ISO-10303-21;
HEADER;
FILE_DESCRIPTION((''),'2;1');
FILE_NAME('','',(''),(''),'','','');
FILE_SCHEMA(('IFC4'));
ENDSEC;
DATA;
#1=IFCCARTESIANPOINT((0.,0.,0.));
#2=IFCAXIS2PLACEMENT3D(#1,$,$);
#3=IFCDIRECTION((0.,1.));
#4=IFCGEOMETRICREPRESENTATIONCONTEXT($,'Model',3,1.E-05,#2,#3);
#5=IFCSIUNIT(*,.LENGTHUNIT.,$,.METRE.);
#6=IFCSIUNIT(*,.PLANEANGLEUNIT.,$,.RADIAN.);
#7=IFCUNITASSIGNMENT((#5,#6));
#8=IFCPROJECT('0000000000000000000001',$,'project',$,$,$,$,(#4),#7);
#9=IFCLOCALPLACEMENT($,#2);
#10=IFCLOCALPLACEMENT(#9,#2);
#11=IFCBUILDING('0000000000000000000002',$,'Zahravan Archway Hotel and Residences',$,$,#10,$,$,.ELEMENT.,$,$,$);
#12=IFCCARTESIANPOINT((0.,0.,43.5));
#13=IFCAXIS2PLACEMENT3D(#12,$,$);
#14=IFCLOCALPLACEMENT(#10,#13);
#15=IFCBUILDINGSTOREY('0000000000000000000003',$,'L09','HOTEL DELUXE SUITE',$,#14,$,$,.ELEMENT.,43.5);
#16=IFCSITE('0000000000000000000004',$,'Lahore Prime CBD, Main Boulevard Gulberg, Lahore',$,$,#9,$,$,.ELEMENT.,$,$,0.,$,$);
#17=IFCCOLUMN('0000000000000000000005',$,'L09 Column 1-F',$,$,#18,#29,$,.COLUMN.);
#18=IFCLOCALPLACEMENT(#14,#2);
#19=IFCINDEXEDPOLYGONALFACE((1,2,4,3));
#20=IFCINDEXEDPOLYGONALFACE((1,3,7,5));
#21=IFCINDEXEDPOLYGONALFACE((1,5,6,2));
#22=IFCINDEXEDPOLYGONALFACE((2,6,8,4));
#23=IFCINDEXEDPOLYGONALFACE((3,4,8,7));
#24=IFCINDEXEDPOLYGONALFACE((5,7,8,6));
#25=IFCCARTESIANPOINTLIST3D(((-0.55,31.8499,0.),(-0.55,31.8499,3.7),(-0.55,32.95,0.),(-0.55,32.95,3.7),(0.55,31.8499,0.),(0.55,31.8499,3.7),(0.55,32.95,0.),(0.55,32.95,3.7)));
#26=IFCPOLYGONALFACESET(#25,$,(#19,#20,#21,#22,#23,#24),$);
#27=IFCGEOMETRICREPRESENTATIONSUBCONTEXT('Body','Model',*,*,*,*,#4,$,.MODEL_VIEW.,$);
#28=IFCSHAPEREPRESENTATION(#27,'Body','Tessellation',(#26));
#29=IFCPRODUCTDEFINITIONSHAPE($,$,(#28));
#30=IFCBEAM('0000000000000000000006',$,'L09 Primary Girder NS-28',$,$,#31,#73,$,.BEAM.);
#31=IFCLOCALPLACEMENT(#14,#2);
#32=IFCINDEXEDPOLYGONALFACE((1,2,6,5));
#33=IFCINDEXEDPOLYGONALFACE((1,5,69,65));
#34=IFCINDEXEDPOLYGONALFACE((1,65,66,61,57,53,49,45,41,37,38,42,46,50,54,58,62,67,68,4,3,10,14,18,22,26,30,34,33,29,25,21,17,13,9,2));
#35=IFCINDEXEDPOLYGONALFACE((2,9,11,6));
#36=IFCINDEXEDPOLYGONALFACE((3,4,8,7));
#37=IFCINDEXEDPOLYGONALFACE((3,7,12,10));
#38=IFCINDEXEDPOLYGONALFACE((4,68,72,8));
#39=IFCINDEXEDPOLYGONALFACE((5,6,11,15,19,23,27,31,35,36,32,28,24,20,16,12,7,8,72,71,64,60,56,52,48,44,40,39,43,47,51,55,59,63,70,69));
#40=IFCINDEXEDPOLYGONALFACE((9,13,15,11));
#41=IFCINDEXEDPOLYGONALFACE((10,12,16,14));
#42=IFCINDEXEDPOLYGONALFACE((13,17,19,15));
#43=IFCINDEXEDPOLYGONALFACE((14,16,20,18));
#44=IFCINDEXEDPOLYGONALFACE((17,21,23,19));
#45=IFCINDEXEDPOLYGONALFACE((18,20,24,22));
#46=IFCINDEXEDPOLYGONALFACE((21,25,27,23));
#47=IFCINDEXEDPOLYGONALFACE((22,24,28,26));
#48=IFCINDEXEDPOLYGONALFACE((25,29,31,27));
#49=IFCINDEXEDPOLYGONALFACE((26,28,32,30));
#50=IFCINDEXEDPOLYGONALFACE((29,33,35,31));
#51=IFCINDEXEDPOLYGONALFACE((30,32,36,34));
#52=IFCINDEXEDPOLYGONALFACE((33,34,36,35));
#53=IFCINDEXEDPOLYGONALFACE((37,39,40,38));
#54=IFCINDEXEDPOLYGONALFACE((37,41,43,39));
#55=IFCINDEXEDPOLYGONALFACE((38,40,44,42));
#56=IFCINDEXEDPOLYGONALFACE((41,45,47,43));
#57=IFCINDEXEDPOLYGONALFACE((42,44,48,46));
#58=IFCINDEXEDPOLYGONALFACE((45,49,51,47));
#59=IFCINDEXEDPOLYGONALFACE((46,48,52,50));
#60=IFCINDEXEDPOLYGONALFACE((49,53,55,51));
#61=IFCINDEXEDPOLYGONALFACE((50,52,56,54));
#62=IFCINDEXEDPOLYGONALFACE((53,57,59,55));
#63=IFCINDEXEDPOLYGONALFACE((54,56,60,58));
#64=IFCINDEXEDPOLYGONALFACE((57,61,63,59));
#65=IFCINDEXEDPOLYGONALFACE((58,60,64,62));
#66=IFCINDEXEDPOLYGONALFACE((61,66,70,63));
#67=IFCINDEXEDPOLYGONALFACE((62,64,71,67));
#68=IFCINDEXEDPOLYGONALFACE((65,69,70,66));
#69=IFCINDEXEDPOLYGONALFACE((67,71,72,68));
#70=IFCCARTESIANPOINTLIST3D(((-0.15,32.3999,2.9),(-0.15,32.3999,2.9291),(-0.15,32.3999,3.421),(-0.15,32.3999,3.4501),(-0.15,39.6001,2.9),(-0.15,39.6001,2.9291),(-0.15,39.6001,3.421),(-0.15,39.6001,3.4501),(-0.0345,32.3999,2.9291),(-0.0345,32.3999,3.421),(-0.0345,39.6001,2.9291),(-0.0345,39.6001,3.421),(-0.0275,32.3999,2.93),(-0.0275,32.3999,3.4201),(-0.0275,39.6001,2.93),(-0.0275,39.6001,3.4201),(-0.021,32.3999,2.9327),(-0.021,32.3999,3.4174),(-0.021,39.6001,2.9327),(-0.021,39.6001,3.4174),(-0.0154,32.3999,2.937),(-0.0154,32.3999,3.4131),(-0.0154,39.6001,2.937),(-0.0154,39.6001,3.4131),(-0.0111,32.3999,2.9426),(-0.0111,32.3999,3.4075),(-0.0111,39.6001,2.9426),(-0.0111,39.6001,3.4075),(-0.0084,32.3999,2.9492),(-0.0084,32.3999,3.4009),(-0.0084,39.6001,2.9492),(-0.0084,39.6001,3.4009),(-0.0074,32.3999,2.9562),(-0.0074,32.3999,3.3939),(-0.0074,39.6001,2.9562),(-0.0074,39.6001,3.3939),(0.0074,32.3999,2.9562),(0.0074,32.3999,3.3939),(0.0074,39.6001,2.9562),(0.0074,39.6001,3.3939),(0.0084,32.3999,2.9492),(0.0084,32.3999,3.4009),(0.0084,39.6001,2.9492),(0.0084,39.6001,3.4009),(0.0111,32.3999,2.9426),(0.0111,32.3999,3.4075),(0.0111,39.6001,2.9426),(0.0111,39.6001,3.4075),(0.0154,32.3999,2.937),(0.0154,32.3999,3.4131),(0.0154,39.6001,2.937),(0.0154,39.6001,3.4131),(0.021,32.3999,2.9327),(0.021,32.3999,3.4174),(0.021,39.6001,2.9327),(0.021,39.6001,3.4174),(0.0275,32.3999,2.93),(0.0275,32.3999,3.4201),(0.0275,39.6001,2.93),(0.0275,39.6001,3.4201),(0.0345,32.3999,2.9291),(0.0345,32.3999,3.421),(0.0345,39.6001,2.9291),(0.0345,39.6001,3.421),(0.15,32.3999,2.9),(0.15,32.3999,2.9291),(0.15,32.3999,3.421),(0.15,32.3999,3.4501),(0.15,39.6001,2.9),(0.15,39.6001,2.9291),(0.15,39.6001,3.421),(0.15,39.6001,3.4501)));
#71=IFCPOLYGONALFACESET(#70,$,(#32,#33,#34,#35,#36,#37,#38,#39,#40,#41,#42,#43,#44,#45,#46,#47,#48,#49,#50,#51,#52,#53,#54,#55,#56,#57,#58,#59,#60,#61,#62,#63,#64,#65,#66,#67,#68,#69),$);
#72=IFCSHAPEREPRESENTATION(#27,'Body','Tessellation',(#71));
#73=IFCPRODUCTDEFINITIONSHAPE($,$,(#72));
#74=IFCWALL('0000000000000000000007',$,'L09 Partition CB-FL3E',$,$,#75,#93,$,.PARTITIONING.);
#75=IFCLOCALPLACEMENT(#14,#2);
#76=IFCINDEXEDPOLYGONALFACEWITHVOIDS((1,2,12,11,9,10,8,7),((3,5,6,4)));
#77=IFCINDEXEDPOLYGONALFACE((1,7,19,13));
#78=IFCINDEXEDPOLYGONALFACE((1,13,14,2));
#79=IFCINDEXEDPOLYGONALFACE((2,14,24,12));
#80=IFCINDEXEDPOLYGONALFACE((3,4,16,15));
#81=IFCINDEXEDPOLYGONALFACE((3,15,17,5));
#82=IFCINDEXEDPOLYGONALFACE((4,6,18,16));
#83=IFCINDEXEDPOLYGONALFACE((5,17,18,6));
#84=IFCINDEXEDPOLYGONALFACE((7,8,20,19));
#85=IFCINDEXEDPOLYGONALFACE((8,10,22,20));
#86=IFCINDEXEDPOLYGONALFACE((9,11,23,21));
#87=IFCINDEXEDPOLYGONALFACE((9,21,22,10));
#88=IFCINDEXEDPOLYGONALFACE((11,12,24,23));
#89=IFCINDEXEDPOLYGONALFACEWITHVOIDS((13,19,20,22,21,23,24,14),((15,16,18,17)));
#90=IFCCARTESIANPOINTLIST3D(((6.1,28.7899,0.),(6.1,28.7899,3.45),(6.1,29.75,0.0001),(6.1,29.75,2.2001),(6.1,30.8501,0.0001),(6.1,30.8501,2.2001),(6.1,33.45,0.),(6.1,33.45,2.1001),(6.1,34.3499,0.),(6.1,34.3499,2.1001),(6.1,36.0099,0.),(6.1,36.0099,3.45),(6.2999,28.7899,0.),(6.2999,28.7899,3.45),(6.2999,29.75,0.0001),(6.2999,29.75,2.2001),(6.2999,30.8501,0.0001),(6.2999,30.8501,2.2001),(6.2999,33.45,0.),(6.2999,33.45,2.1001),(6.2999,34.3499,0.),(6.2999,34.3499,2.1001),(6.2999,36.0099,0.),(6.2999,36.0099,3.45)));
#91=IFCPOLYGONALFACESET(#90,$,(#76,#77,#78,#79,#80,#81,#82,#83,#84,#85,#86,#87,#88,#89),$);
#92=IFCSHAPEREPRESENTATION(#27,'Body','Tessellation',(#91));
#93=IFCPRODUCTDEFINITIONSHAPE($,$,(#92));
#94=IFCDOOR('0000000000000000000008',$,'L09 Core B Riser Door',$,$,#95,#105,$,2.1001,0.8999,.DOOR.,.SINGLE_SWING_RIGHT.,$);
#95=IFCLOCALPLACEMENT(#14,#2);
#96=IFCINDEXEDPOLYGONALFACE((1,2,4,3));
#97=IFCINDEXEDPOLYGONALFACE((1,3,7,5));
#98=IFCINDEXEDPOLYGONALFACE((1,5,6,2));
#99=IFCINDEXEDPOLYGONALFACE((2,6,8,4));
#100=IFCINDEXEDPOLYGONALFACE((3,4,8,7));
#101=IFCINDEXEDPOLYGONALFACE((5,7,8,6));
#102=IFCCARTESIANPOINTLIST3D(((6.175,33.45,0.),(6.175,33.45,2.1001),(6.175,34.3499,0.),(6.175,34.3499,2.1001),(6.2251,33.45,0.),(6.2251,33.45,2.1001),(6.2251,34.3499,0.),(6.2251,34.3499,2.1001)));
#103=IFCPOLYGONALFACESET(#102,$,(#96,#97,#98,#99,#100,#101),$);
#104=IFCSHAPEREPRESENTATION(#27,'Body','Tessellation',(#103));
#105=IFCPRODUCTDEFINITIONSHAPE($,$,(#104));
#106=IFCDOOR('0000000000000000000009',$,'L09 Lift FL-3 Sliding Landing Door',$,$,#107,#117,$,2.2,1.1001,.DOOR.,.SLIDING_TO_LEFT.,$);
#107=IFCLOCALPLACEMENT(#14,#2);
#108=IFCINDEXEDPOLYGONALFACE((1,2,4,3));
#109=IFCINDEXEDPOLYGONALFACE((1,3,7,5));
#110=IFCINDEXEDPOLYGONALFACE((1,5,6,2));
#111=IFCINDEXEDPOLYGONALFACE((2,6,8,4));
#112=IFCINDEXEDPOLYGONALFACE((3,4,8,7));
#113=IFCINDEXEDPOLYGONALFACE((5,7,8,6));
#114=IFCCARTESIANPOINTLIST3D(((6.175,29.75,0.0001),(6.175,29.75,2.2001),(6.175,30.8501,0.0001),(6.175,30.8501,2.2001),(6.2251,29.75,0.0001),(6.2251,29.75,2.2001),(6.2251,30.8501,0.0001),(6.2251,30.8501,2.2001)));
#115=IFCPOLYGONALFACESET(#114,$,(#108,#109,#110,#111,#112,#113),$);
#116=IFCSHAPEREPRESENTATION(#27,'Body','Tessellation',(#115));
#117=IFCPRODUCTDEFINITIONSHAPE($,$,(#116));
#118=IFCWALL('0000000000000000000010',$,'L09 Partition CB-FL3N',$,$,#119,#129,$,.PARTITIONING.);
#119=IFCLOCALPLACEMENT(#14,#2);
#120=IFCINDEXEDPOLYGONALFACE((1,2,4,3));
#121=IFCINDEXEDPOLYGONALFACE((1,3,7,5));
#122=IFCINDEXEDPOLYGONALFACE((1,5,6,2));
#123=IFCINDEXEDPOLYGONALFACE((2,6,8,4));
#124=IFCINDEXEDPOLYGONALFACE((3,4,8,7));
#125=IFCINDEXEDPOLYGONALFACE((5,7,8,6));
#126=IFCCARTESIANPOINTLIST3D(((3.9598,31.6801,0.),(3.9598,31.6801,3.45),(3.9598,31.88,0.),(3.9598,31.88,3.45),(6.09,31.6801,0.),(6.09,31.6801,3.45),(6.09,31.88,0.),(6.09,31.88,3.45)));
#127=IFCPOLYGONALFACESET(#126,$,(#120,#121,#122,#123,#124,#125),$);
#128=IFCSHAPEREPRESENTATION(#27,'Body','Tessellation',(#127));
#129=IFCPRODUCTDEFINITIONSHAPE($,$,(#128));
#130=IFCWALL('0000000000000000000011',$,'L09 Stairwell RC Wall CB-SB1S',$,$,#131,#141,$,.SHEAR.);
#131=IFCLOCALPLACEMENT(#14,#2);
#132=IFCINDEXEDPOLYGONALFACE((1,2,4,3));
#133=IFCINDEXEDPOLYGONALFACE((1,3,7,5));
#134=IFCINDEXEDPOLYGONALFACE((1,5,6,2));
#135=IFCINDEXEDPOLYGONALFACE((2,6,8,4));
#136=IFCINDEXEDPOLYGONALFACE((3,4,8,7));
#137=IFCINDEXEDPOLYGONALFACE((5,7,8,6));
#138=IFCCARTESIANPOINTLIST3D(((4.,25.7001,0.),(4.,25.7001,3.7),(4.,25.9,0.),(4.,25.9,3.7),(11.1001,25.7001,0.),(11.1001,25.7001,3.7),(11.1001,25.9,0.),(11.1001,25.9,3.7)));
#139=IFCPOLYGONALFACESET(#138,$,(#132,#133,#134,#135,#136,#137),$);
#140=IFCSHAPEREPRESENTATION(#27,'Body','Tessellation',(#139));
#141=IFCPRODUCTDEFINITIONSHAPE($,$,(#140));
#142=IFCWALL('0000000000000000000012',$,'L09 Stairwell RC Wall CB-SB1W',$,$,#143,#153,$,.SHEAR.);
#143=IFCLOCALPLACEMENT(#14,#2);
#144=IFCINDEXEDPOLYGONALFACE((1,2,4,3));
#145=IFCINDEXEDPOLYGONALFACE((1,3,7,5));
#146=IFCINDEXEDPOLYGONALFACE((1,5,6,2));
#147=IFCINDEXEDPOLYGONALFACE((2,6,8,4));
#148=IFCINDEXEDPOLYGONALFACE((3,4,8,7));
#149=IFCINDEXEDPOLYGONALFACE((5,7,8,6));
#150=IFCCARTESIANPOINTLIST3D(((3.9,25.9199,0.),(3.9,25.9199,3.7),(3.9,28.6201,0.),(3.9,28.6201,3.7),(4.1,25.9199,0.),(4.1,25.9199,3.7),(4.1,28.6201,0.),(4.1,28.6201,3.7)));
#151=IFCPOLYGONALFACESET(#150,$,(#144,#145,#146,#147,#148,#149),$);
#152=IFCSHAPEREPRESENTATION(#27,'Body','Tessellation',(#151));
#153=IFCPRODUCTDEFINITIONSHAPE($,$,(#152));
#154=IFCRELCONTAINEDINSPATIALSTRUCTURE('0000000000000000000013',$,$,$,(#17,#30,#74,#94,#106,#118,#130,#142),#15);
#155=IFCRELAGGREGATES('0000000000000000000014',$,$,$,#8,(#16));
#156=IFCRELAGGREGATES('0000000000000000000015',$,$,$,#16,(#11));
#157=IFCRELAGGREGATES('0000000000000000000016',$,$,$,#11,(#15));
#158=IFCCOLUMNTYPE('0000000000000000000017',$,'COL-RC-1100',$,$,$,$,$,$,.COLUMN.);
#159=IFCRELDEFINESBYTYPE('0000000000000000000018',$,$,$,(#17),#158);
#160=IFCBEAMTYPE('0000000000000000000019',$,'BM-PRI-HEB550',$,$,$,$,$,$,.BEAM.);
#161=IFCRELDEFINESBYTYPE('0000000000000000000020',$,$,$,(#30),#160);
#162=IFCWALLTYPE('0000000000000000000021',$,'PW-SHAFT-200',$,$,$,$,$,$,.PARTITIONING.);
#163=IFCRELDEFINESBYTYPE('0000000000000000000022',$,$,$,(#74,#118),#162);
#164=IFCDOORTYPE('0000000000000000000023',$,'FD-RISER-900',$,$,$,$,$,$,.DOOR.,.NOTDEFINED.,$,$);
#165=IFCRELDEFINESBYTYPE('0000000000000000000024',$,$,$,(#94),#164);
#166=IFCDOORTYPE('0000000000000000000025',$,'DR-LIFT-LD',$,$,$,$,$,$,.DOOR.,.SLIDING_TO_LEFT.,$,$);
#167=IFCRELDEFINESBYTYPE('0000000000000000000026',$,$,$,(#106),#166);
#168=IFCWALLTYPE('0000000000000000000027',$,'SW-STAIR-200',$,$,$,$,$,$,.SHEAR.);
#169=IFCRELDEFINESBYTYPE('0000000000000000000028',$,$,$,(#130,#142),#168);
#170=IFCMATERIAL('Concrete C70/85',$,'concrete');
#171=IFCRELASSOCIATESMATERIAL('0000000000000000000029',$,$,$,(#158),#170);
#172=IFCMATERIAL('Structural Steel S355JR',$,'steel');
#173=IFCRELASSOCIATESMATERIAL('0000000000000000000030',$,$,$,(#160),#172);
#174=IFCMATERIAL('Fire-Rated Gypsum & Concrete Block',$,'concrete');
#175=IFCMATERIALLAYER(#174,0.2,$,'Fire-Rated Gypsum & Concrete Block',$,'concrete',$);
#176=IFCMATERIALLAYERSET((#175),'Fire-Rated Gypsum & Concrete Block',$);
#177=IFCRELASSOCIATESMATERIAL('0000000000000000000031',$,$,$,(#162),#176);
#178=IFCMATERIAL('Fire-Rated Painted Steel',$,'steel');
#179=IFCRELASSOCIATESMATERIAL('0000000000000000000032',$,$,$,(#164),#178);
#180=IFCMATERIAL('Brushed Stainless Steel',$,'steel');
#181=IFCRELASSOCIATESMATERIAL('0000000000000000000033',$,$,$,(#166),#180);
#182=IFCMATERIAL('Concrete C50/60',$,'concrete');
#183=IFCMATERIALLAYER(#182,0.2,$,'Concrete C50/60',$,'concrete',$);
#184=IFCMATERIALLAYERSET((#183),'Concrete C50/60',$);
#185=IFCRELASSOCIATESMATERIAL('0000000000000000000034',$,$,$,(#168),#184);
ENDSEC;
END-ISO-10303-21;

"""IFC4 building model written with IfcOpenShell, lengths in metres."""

from ifc_helpers import new_model, si_unit, direction, frame, frame_2d, origin, origin_2d, place, context, subcontext, project, spatial, rectangle, i_section, extrude, source, transform, mapped, material, layer, layer_set, material_profile, profile_set, type_object, type_shapes, element, fill, save


model = new_model("IFC4")

# Units and contexts
model_context = context("Model", 3, precision=1e-05, world=origin(), true_north=direction((0.0, 1.0)))
body_context = subcontext(model_context, "Body", "Model", "MODEL_VIEW")
ifc_project = project(units=[si_unit("LENGTHUNIT", "METRE"), si_unit("PLANEANGLEUNIT", "RADIAN")], contexts=[model_context])

# Site, building, storey
site_placement = place(None, origin())
site = spatial("IfcSite", under=ifc_project, at=site_placement, Name="Lahore Prime CBD, Main Boulevard Gulberg, Lahore", CompositionType="ELEMENT", RefElevation=0.0)
building_placement = place(site_placement, origin())
building = spatial("IfcBuilding", under=site, at=building_placement, Name="Zahravan Archway Hotel and Residences", CompositionType="ELEMENT")
storey_placement = place(building_placement, frame((0.0, 0.0, 43.5)))
storey = spatial("IfcBuildingStorey", under=building, at=storey_placement, Name="L09", Description="HOTEL DELUXE SUITE", CompositionType="ELEMENT", Elevation=43.5)

# Column
ifc_material_1 = material(Name="Concrete C70/85", Category="concrete")
ifc_material_profile_1 = material_profile(ifc_material_1, rectangle(XDim=1.1001, YDim=1.1001, at=origin_2d()), Name="RC 1100x1100", Category="concrete")
ifc_profile_set_1 = profile_set([ifc_material_profile_1], Name="Concrete C70/85")
column_type = type_object("IfcColumnType", Name="COL-RC-1100", PredefinedType="COLUMN", material=ifc_profile_set_1)
shared_shape_1 = source(origin(), body_context, "Body", "SweptSolid", [
    extrude(rectangle(XDim=1.1001, YDim=1.1001, at=origin_2d()), origin(), (0.0, 0.0, 1.0), 3.7),
])
column_placement = place(storey_placement, frame((0.0, 32.3999, 0.0), z_axis=(0.0, 0.0, 1.0), x_axis=(1.0, 0.0, 0.0)))
element("IfcColumn", 1, at=column_placement, inside=storey, type_object=column_type, Name="L09 Column 1-F", PredefinedType="COLUMN", context=body_context, shape_type="MappedRepresentation", body=[
    mapped(shared_shape_1, transform((0.0, 0.0, 0.0), scale=1.0)),
])

# Beam
ifc_material_2 = material(Name="Structural Steel S355JR", Category="steel")
ifc_material_profile_2 = material_profile(ifc_material_2, i_section(OverallWidth=0.3, OverallDepth=0.55, WebThickness=0.0149, FlangeThickness=0.0291, FilletRadius=0.0271, at=origin_2d()), Name="HEB 550", Category="steel")
ifc_profile_set_2 = profile_set([ifc_material_profile_2], Name="Structural Steel S355JR")
beam_type = type_object("IfcBeamType", Name="BM-PRI-HEB550", PredefinedType="BEAM", material=ifc_profile_set_2)
shared_shape_2 = source(origin(), body_context, "Body", "SweptSolid", [
    extrude(i_section(OverallWidth=0.3, OverallDepth=0.55, WebThickness=0.0149, FlangeThickness=0.0291, FilletRadius=0.0271, at=origin_2d()), origin(), (0.0, 0.0, 1.0), 7.2002),
])
type_shapes(beam_type, [shared_shape_2])
beam_placement = place(storey_placement, frame((0.0, 32.3999, 3.175), z_axis=(0.0, 1.0, 0.0), x_axis=(-1.0, 0.0, 0.0)))
element("IfcBeam", 2, at=beam_placement, inside=storey, type_object=beam_type, Name="L09 Primary Girder NS-28", PredefinedType="BEAM", context=body_context, shape_type="MappedRepresentation", body=[
    mapped(shared_shape_2, transform((0.0, 0.0, 0.0), scale=1.0)),
])

# Wall, openings, doors
ifc_material_3 = material(Name="Fire-Rated Gypsum & Concrete Block", Category="concrete")
ifc_layer_1 = layer(ifc_material_3, 0.2, Name="Fire-Rated Gypsum & Concrete Block", Category="concrete")
ifc_layer_set_1 = layer_set([ifc_layer_1], Name="Fire-Rated Gypsum & Concrete Block")
wall_type_1 = type_object("IfcWallType", Name="PW-SHAFT-200", PredefinedType="PARTITIONING", material=ifc_layer_set_1)
wall_1_placement = place(storey_placement, frame((6.2, 28.79, 0.0), z_axis=(0.0, 0.0, 1.0), x_axis=(0.0, 1.0, 0.0)))
wall_1 = element("IfcWall", 3, at=wall_1_placement, inside=storey, type_object=wall_type_1, Name="L09 Partition CB-FL3E", PredefinedType="PARTITIONING", context=body_context, shape_type="SweptSolid", body=[
    extrude(rectangle(XDim=7.22, YDim=0.2, at=frame_2d((3.6099, 0.0))), origin(), (0.0, 0.0, 1.0), 3.45),
])
opening_1_placement = place(wall_1_placement, frame((4.6599, 0.0, 0.0)))
opening_1 = element("IfcOpeningElement", 4, at=opening_1_placement, cuts=wall_1, PredefinedType="OPENING", context=body_context, shape_type="SweptSolid", body=[
    extrude(rectangle(XDim=0.8999, YDim=2.1001, at=frame_2d((0.45, 1.05))), frame((0.0, 0.1099, 0.0), z_axis=(0.0, -1.0, 0.0), x_axis=(1.0, 0.0, 0.0)), (0.0, 0.0, 1.0), 0.22),
])
opening_2_placement = place(wall_1_placement, frame((0.96, 0.0, 0.0)))
opening_2 = element("IfcOpeningElement", 5, at=opening_2_placement, cuts=wall_1, PredefinedType="OPENING", context=body_context, shape_type="SweptSolid", body=[
    extrude(rectangle(XDim=1.1001, YDim=2.2, at=frame_2d((0.55, 1.1001))), frame((0.0, 0.1099, 0.0), z_axis=(0.0, -1.0, 0.0), x_axis=(1.0, 0.0, 0.0)), (0.0, 0.0, 1.0), 0.22),
])
ifc_material_4 = material(Name="Fire-Rated Painted Steel", Category="steel")
door_type_1 = type_object("IfcDoorType", Name="FD-RISER-900", OperationType="NOTDEFINED", PredefinedType="DOOR", material=ifc_material_4)
shared_shape_3 = source(origin(), body_context, "Body", "SweptSolid", [
    extrude(rectangle(XDim=0.8999, YDim=2.1001, at=frame_2d((0.45, 1.05))), frame((0.0, 0.0249, 0.0), z_axis=(0.0, -1.0, 0.0), x_axis=(1.0, 0.0, 0.0)), (0.0, 0.0, 1.0), 0.05),
])
type_shapes(door_type_1, [shared_shape_3])
door_1_placement = place(opening_1_placement, origin())
door_1 = element("IfcDoor", 6, at=door_1_placement, inside=storey, type_object=door_type_1, Name="L09 Core B Riser Door", OperationType="SINGLE_SWING_RIGHT", OverallHeight=2.1001, OverallWidth=0.8999, PredefinedType="DOOR", context=body_context, shape_type="MappedRepresentation", body=[
    mapped(shared_shape_3, transform((0.0, 0.0, 0.0), scale=1.0)),
])
fill(opening_1, door_1)
ifc_material_5 = material(Name="Brushed Stainless Steel", Category="steel")
door_type_2 = type_object("IfcDoorType", Name="DR-LIFT-LD", OperationType="SLIDING_TO_LEFT", PredefinedType="DOOR", material=ifc_material_5)
shared_shape_4 = source(origin(), body_context, "Body", "SweptSolid", [
    extrude(rectangle(XDim=1.1001, YDim=2.2, at=frame_2d((0.55, 1.1001))), frame((0.0, 0.0249, 0.0), z_axis=(0.0, -1.0, 0.0), x_axis=(1.0, 0.0, 0.0)), (0.0, 0.0, 1.0), 0.05),
])
type_shapes(door_type_2, [shared_shape_4])
door_2_placement = place(opening_2_placement, origin())
door_2 = element("IfcDoor", 7, at=door_2_placement, inside=storey, type_object=door_type_2, Name="L09 Lift FL-3 Sliding Landing Door", OperationType="SLIDING_TO_LEFT", OverallHeight=2.2, OverallWidth=1.1001, PredefinedType="DOOR", context=body_context, shape_type="MappedRepresentation", body=[
    mapped(shared_shape_4, transform((0.0, 0.0, 0.0), scale=1.0)),
])
fill(opening_2, door_2)

# Walls
wall_2_placement = place(storey_placement, frame((3.96, 31.78, 0.0), z_axis=(0.0, 0.0, 1.0), x_axis=(1.0, 0.0, 0.0)))
element("IfcWall", 8, at=wall_2_placement, inside=storey, type_object=wall_type_1, Name="L09 Partition CB-FL3N", PredefinedType="PARTITIONING", context=body_context, shape_type="SweptSolid", body=[
    extrude(rectangle(XDim=2.1301, YDim=0.2, at=frame_2d((1.0649, 0.0))), origin(), (0.0, 0.0, 1.0), 3.45),
])
ifc_material_6 = material(Name="Concrete C50/60", Category="concrete")
ifc_layer_2 = layer(ifc_material_6, 0.2, Name="Concrete C50/60", Category="concrete")
ifc_layer_set_2 = layer_set([ifc_layer_2], Name="Concrete C50/60")
wall_type_2 = type_object("IfcWallType", Name="SW-STAIR-200", PredefinedType="SHEAR", material=ifc_layer_set_2)
wall_3_placement = place(storey_placement, frame((4.0, 25.8, 0.0), z_axis=(0.0, 0.0, 1.0), x_axis=(1.0, 0.0, 0.0)))
element("IfcWall", 9, at=wall_3_placement, inside=storey, type_object=wall_type_2, Name="L09 Stairwell RC Wall CB-SB1S", PredefinedType="SHEAR", context=body_context, shape_type="SweptSolid", body=[
    extrude(rectangle(XDim=7.1001, YDim=0.2, at=frame_2d((3.55, 0.0))), origin(), (0.0, 0.0, 1.0), 3.7),
])
wall_4_placement = place(storey_placement, frame((4.0, 25.9199, 0.0), z_axis=(0.0, 0.0, 1.0), x_axis=(0.0, 1.0, 0.0)))
element("IfcWall", 10, at=wall_4_placement, inside=storey, type_object=wall_type_2, Name="L09 Stairwell RC Wall CB-SB1W", PredefinedType="SHEAR", context=body_context, shape_type="SweptSolid", body=[
    extrude(rectangle(XDim=2.7002, YDim=0.2, at=frame_2d((1.3501, 0.0))), origin(), (0.0, 0.0, 1.0), 3.7),
])

save(model, "model.ifc")
